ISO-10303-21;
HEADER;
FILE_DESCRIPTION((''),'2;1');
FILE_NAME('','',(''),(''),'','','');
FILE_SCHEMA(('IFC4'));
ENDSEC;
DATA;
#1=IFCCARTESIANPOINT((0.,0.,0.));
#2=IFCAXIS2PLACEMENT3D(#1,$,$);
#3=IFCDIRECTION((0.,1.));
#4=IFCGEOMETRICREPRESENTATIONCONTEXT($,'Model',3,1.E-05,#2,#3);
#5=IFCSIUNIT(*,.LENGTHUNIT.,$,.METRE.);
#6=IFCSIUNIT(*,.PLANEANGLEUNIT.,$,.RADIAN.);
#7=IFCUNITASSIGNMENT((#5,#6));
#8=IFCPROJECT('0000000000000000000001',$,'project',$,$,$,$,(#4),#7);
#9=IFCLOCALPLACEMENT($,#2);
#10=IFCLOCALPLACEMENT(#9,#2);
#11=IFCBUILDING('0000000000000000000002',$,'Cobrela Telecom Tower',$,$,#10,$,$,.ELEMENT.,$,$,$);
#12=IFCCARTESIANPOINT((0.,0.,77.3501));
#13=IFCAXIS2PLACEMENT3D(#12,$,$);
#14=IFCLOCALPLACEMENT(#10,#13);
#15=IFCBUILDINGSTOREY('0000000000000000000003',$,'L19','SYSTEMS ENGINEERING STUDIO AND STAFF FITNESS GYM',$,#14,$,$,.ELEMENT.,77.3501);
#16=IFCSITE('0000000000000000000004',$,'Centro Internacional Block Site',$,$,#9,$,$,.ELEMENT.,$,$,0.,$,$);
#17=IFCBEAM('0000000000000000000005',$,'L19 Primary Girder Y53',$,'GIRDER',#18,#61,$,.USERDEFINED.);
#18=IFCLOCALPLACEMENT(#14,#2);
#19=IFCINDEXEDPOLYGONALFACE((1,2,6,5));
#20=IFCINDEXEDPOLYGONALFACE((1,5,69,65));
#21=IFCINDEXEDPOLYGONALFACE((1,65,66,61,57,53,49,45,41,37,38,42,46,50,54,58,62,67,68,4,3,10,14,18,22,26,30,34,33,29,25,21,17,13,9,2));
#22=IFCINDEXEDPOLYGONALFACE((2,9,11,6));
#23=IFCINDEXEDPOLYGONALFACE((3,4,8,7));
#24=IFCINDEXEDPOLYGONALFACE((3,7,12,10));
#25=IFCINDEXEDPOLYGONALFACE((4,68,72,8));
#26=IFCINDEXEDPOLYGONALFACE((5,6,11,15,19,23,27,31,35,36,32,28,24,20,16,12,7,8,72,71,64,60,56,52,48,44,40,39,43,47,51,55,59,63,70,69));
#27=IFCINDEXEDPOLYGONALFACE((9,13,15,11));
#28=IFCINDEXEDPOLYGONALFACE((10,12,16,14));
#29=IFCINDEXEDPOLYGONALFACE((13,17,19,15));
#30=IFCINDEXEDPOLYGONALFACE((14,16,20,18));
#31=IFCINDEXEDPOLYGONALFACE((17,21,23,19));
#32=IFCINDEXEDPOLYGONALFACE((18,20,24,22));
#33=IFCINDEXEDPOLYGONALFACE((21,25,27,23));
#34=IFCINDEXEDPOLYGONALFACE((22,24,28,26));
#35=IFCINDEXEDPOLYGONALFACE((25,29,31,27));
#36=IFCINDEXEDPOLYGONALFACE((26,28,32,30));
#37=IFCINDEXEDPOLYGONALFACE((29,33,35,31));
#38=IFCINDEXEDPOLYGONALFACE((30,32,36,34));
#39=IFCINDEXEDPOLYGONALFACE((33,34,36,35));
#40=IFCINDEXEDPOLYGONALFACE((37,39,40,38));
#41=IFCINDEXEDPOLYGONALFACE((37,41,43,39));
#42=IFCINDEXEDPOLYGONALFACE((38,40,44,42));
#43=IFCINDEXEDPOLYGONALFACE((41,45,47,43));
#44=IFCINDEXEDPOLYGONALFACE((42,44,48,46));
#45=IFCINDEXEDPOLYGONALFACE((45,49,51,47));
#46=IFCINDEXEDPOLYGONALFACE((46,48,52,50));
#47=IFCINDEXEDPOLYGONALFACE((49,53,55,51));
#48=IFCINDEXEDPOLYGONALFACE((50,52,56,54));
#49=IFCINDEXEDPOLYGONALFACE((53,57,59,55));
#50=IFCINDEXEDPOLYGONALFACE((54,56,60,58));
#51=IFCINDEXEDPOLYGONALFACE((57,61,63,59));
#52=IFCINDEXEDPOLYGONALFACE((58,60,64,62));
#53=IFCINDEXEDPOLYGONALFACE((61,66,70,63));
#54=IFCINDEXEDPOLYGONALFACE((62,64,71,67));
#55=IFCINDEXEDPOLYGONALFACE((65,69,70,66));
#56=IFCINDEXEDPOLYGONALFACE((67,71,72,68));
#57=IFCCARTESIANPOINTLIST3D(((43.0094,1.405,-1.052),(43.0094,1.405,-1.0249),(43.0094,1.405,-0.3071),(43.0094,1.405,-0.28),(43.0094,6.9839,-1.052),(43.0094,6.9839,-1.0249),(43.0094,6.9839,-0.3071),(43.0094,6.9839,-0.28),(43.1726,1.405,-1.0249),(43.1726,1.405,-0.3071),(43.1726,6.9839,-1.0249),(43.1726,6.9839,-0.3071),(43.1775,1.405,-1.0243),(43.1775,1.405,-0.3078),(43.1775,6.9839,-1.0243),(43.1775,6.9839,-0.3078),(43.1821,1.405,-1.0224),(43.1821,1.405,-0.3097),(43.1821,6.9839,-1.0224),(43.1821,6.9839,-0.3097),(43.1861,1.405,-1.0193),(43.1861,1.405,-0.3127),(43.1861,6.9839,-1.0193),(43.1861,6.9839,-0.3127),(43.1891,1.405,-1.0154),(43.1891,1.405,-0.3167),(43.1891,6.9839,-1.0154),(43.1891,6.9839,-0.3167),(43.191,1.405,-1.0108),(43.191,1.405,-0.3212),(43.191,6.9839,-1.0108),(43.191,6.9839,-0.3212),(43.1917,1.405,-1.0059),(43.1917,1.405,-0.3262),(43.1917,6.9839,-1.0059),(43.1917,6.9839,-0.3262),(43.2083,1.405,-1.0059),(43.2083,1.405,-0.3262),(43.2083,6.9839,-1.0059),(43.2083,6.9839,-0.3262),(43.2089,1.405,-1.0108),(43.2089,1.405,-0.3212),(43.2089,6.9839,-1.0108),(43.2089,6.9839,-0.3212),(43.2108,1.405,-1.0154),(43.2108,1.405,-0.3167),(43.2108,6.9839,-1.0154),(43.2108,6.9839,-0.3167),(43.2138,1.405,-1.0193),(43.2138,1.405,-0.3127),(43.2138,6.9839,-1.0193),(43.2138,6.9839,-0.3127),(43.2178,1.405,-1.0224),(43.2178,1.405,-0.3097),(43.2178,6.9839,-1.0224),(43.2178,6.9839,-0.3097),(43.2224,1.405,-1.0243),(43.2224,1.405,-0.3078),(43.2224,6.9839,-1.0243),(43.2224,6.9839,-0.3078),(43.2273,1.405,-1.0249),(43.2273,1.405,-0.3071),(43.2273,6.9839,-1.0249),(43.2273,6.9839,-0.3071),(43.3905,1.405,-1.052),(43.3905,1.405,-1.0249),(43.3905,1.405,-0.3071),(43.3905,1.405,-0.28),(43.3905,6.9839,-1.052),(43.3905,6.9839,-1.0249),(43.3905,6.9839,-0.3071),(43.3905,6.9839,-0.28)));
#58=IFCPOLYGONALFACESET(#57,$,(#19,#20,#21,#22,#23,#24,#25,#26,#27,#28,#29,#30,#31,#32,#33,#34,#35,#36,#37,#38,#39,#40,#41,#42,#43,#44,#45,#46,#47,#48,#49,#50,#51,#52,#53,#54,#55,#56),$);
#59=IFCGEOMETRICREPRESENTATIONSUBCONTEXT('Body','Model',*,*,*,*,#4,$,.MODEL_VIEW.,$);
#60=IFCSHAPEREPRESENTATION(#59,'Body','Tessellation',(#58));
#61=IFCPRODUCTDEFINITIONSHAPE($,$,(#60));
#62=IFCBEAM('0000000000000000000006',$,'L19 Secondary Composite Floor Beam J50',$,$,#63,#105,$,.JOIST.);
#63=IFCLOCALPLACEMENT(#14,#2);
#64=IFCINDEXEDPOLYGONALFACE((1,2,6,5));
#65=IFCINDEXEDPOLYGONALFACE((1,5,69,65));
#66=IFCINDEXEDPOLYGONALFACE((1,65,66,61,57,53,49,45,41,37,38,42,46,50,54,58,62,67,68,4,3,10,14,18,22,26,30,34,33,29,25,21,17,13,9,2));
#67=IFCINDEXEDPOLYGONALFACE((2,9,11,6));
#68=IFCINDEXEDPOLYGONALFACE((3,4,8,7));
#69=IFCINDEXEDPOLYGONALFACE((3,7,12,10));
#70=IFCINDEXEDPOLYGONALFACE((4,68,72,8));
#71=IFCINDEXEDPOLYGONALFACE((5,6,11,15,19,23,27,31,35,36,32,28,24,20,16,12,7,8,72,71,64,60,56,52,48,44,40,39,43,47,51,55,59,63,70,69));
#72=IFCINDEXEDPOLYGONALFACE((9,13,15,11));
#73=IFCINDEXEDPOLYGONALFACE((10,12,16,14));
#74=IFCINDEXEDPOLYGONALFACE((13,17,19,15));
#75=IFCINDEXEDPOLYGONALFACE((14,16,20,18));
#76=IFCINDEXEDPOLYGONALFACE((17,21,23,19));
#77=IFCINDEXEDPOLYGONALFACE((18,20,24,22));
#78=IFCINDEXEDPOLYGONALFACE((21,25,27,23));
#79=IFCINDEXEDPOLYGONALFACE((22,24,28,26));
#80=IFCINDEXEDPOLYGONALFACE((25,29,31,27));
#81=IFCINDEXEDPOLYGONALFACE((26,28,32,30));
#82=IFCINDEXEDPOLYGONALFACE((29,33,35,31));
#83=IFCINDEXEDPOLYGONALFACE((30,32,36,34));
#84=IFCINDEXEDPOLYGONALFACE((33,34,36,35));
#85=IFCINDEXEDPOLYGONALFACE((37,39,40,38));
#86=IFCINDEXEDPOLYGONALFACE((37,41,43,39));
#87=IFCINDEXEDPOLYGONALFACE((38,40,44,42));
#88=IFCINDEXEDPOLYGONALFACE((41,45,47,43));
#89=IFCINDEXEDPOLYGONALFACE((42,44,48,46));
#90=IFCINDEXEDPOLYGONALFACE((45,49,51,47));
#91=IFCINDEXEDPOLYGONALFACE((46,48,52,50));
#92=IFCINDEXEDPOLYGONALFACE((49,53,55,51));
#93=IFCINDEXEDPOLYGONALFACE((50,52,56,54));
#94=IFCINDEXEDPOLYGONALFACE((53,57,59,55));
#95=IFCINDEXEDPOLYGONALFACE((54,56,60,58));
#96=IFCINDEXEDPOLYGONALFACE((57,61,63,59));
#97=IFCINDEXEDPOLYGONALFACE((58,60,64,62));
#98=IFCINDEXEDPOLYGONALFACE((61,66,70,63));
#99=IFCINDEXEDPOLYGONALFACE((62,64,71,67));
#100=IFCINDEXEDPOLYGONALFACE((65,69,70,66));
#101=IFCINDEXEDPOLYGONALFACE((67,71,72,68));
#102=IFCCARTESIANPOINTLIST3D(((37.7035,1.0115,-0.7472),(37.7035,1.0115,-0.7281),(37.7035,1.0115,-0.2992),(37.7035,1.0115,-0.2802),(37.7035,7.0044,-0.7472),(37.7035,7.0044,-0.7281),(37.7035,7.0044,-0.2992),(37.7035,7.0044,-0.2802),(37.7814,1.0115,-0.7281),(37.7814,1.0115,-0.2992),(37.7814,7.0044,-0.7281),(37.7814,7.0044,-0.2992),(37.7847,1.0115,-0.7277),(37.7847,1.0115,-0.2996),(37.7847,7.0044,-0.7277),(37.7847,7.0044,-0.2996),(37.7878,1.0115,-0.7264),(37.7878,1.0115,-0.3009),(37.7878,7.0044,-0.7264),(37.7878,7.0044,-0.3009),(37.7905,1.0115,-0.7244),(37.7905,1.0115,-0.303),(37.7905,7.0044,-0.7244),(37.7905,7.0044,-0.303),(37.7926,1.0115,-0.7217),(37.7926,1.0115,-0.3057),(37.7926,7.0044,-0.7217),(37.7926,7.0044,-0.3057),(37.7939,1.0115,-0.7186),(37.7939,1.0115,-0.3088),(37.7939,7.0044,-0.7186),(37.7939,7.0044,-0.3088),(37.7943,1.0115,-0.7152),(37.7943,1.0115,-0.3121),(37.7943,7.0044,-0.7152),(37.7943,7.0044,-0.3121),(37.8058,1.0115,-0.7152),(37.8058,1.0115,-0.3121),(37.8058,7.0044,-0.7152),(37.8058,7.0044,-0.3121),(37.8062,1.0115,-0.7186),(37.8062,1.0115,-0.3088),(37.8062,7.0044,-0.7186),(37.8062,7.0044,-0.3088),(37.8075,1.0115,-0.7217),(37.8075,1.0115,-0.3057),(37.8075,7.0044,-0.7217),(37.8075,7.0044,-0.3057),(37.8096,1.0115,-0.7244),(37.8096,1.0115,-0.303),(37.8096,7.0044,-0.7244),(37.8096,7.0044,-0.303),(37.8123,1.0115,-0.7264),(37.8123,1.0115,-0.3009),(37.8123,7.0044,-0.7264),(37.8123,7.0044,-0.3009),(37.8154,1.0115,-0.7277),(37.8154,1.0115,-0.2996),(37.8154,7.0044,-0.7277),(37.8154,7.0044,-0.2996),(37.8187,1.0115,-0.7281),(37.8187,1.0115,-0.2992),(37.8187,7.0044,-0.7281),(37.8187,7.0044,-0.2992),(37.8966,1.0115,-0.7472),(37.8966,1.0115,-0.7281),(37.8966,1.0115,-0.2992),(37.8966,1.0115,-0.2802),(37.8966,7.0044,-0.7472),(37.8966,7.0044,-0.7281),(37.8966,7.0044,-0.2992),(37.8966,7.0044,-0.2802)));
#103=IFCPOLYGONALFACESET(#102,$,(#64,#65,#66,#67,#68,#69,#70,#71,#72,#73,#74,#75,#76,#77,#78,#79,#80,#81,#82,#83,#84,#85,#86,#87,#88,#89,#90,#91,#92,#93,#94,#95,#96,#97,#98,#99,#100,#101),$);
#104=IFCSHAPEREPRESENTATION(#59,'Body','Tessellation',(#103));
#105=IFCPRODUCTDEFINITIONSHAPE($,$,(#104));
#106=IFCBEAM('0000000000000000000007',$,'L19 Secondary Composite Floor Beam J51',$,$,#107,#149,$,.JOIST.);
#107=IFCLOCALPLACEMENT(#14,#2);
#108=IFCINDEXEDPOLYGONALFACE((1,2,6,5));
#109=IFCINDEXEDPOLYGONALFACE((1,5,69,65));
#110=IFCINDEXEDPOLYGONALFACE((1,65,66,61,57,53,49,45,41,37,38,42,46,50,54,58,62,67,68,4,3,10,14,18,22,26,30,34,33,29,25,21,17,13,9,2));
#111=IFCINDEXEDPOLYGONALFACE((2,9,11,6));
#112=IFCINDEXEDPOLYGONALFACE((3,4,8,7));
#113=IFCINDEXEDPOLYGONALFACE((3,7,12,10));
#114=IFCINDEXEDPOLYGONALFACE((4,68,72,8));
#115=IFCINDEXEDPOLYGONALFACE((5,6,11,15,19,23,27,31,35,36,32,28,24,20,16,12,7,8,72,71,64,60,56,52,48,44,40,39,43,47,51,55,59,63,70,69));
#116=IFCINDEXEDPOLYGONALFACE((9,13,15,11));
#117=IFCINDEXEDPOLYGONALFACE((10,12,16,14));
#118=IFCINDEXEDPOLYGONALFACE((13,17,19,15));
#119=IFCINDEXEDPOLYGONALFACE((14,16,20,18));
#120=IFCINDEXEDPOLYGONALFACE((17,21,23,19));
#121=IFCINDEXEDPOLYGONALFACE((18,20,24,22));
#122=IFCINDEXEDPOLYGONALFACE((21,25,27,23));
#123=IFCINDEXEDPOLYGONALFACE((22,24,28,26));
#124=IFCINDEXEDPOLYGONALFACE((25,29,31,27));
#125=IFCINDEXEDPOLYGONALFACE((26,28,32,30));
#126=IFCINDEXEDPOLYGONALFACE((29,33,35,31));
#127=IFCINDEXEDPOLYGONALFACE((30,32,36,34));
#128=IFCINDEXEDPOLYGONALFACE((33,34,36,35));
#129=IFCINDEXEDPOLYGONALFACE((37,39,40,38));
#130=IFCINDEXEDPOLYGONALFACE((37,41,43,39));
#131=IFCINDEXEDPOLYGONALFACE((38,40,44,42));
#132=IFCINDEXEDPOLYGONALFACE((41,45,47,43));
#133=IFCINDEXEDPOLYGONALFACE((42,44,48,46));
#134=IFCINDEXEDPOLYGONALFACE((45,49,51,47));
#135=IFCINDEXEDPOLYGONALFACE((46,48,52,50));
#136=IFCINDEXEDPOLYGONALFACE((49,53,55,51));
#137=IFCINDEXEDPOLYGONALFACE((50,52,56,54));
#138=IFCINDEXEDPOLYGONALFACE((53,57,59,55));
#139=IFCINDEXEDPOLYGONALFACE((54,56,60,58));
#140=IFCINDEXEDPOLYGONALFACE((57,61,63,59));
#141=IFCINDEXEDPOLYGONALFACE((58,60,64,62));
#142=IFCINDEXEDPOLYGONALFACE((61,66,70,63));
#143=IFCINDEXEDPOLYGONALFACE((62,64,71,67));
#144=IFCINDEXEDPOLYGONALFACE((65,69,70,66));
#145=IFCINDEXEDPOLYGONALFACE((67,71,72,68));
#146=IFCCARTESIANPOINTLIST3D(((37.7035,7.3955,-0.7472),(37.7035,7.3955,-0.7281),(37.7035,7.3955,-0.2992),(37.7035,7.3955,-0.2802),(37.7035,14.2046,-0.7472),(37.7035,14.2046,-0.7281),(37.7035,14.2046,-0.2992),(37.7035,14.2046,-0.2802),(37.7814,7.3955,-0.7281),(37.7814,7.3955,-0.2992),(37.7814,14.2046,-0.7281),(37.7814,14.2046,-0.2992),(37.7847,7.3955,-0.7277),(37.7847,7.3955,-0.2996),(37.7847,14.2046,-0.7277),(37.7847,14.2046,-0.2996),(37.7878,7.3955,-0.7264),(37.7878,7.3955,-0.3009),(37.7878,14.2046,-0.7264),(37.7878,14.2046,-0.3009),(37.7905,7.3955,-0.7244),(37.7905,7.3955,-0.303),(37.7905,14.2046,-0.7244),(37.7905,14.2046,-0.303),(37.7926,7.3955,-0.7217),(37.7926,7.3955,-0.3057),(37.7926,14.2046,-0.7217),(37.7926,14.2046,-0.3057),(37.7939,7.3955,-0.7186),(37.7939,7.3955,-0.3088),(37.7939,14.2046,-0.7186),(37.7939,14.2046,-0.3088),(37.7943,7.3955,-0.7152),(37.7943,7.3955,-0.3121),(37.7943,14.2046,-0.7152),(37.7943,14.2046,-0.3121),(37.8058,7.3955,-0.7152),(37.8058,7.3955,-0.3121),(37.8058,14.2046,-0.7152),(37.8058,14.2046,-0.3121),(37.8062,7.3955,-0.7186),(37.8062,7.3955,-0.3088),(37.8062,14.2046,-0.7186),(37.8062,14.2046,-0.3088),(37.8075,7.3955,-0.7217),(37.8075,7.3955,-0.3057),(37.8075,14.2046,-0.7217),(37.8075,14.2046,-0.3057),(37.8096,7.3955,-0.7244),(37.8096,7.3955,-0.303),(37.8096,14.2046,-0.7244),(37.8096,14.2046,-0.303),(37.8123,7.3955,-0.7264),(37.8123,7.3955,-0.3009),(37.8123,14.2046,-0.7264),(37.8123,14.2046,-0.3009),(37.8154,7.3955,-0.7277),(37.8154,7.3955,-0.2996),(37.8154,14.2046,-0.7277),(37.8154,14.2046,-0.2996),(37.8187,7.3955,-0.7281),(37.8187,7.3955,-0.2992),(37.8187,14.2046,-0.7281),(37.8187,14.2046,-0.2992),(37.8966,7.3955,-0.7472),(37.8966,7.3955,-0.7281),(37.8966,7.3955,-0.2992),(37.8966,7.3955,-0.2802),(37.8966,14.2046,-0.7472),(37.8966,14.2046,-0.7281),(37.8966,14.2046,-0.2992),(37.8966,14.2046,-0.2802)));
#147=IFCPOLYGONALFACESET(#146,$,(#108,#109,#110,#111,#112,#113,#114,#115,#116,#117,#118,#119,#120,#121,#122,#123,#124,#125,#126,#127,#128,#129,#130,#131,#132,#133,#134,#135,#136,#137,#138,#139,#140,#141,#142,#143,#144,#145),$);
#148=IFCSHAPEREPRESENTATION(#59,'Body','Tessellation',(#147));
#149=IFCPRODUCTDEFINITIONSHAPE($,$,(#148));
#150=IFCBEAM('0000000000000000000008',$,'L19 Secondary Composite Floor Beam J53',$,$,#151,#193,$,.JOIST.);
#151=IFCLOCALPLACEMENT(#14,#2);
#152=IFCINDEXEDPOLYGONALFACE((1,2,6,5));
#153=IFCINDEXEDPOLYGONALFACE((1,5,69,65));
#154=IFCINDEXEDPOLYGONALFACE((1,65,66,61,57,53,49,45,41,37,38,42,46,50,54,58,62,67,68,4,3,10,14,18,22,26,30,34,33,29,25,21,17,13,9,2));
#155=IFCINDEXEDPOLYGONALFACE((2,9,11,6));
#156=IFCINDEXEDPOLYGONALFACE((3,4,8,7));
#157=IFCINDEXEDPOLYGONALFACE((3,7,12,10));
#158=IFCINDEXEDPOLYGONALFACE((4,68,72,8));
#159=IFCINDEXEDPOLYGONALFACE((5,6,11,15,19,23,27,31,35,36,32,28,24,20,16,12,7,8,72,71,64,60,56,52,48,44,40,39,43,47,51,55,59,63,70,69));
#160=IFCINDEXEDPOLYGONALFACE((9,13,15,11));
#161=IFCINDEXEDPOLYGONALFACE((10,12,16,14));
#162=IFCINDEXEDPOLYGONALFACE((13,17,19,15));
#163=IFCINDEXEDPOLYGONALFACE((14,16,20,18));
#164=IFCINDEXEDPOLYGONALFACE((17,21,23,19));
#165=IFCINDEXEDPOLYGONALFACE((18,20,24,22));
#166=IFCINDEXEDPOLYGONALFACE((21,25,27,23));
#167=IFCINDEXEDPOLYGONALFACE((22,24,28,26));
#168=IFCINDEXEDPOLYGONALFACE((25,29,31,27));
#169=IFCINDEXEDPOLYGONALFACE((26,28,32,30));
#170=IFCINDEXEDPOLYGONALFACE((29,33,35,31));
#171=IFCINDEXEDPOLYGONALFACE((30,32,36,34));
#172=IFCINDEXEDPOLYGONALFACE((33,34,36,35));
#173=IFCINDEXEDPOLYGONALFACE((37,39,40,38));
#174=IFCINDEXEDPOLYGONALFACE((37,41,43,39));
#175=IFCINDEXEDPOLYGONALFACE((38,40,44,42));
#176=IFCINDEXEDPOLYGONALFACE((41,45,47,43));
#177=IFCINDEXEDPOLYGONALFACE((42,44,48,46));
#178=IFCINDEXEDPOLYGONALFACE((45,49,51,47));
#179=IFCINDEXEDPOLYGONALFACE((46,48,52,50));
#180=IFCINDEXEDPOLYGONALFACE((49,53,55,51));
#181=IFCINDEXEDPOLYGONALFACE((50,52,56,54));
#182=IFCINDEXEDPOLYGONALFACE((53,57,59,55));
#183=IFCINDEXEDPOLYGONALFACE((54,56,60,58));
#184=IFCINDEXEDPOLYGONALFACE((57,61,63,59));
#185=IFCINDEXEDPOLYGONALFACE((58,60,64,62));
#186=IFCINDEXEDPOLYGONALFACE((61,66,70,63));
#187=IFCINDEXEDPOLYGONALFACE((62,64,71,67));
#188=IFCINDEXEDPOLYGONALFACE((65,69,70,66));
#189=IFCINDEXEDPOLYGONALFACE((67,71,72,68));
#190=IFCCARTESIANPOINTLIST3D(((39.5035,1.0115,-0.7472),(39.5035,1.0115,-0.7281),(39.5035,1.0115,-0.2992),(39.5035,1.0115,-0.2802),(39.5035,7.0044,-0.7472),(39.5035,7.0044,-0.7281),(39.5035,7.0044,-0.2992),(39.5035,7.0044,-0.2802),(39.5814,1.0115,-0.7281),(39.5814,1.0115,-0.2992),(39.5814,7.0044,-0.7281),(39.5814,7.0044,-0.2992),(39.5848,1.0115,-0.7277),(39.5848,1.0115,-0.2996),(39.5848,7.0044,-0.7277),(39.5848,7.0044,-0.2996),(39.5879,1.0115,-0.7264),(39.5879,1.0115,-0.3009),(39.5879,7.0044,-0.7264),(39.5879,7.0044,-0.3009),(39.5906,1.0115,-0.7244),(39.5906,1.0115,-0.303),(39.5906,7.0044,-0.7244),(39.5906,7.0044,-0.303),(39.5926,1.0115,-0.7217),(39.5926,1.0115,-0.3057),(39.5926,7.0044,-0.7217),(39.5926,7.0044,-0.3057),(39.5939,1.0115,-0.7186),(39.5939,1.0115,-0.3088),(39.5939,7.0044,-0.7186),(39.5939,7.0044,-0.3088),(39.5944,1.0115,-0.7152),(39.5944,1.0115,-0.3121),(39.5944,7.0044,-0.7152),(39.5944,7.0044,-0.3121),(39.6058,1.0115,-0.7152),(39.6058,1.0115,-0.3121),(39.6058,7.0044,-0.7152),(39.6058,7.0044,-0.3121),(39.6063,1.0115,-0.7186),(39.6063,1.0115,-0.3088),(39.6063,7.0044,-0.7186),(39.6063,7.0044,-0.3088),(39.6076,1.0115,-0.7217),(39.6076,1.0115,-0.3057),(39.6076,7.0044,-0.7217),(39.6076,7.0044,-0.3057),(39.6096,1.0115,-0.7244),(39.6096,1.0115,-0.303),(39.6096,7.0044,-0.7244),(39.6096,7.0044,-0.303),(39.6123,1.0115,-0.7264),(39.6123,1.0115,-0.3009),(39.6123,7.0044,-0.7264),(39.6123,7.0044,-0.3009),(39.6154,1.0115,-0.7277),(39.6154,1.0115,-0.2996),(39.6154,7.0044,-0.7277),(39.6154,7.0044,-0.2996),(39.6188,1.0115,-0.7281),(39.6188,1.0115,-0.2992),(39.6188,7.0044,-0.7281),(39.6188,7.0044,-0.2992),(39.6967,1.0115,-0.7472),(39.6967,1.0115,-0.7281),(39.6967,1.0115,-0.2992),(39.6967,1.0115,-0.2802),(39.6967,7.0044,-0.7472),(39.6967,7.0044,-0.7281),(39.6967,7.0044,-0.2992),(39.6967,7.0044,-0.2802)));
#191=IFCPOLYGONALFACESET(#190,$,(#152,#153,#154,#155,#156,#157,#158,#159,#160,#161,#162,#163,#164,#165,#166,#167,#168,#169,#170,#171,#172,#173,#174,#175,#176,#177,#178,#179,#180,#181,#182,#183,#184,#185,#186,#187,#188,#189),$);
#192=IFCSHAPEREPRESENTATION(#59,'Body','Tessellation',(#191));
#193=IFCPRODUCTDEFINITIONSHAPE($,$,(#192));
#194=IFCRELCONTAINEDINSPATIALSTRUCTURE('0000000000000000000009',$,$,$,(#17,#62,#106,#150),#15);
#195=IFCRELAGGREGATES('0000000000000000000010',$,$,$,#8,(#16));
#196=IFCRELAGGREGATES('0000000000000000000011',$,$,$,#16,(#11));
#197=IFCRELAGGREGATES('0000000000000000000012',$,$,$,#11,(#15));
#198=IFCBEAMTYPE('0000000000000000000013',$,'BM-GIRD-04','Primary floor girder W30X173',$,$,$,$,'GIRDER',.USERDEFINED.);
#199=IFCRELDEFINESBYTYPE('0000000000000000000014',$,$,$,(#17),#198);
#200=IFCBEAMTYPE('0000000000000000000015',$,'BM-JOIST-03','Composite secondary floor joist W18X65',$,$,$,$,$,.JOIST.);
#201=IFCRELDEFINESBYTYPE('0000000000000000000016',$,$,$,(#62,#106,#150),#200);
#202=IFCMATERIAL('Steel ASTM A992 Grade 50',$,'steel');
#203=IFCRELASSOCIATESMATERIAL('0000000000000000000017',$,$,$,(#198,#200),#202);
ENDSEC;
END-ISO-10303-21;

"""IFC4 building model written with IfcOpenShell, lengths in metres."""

from ifc_helpers import new_model, si_unit, direction, frame, origin, origin_2d, place, context, subcontext, project, spatial, i_section, extrude, material, material_profile, profile_set, type_object, element, save


model = new_model("IFC4")

# Units and contexts
model_context = context("Model", 3, precision=1e-05, world=origin(), true_north=direction((0.0, 1.0)))
body_context = subcontext(model_context, "Body", "Model", "MODEL_VIEW")
ifc_project = project(units=[si_unit("LENGTHUNIT", "METRE"), si_unit("PLANEANGLEUNIT", "RADIAN")], contexts=[model_context])

# Site, building, storey
site_placement = place(None, origin())
site = spatial("IfcSite", under=ifc_project, at=site_placement, Name="Centro Internacional Block Site", CompositionType="ELEMENT", RefElevation=0.0)
building_placement = place(site_placement, origin())
building = spatial("IfcBuilding", under=site, at=building_placement, Name="Cobrela Telecom Tower", CompositionType="ELEMENT")
storey_placement = place(building_placement, frame((0.0, 0.0, 77.3501)))
storey = spatial("IfcBuildingStorey", under=building, at=storey_placement, Name="L19", Description="SYSTEMS ENGINEERING STUDIO AND STAFF FITNESS GYM", CompositionType="ELEMENT", Elevation=77.3501)

# Shared definitions
ifc_material_1 = material(Name="Steel ASTM A992 Grade 50", Category="steel")

# Beams
ifc_material_profile_1 = material_profile(ifc_material_1, i_section(OverallWidth=0.3811, OverallDepth=0.772, WebThickness=0.0166, FlangeThickness=0.0271, FilletRadius=0.019, at=origin_2d()), Name="W30X173")
ifc_profile_set_1 = profile_set([ifc_material_profile_1], Name="Steel ASTM A992 Grade 50")
beam_type_1 = type_object("IfcBeamType", Name="BM-GIRD-04", Description="Primary floor girder W30X173", ElementType="GIRDER", PredefinedType="USERDEFINED", material=ifc_profile_set_1)
beam_1_placement = place(storey_placement, frame((43.2, 1.405, -0.666), z_axis=(0.0, 1.0, 0.0), x_axis=(-1.0, 0.0, 0.0)))
element("IfcBeam", 1, at=beam_1_placement, inside=storey, type_object=beam_type_1, Name="L19 Primary Girder Y53", ObjectType="GIRDER", PredefinedType="USERDEFINED", context=body_context, shape_type="SweptSolid", body=[
    extrude(i_section(OverallWidth=0.3811, OverallDepth=0.772, WebThickness=0.0166, FlangeThickness=0.0271, FilletRadius=0.019, at=origin_2d()), origin(), (0.0, 0.0, 1.0), 5.5789),
])
ifc_material_profile_2 = material_profile(ifc_material_1, i_section(OverallWidth=0.1931, OverallDepth=0.467, WebThickness=0.0115, FlangeThickness=0.019, FilletRadius=0.0129, at=origin_2d()), Name="W18X65")
ifc_profile_set_2 = profile_set([ifc_material_profile_2], Name="Steel ASTM A992 Grade 50")
beam_type_2 = type_object("IfcBeamType", Name="BM-JOIST-03", Description="Composite secondary floor joist W18X65", PredefinedType="JOIST", material=ifc_profile_set_2)
beam_2_placement = place(storey_placement, frame((37.8, 1.0115, -0.5137), z_axis=(0.0, 1.0, 0.0), x_axis=(-1.0, 0.0, 0.0)))
element("IfcBeam", 2, at=beam_2_placement, inside=storey, type_object=beam_type_2, Name="L19 Secondary Composite Floor Beam J50", PredefinedType="JOIST", context=body_context, shape_type="SweptSolid", body=[
    extrude(i_section(OverallWidth=0.1931, OverallDepth=0.467, WebThickness=0.0115, FlangeThickness=0.019, FilletRadius=0.0129, at=origin_2d()), origin(), (0.0, 0.0, 1.0), 5.9929),
])
beam_3_placement = place(storey_placement, frame((37.8, 7.3955, -0.5137), z_axis=(0.0, 1.0, 0.0), x_axis=(-1.0, 0.0, 0.0)))
element("IfcBeam", 3, at=beam_3_placement, inside=storey, type_object=beam_type_2, Name="L19 Secondary Composite Floor Beam J51", PredefinedType="JOIST", context=body_context, shape_type="SweptSolid", body=[
    extrude(i_section(OverallWidth=0.1931, OverallDepth=0.467, WebThickness=0.0115, FlangeThickness=0.019, FilletRadius=0.0129, at=origin_2d()), origin(), (0.0, 0.0, 1.0), 6.8091),
])
beam_4_placement = place(storey_placement, frame((39.6001, 1.0115, -0.5137), z_axis=(0.0, 1.0, 0.0), x_axis=(-1.0, 0.0, 0.0)))
element("IfcBeam", 4, at=beam_4_placement, inside=storey, type_object=beam_type_2, Name="L19 Secondary Composite Floor Beam J53", PredefinedType="JOIST", context=body_context, shape_type="SweptSolid", body=[
    extrude(i_section(OverallWidth=0.1931, OverallDepth=0.467, WebThickness=0.0115, FlangeThickness=0.019, FilletRadius=0.0129, at=origin_2d()), origin(), (0.0, 0.0, 1.0), 5.9929),
])

save(model, "model.ifc")
